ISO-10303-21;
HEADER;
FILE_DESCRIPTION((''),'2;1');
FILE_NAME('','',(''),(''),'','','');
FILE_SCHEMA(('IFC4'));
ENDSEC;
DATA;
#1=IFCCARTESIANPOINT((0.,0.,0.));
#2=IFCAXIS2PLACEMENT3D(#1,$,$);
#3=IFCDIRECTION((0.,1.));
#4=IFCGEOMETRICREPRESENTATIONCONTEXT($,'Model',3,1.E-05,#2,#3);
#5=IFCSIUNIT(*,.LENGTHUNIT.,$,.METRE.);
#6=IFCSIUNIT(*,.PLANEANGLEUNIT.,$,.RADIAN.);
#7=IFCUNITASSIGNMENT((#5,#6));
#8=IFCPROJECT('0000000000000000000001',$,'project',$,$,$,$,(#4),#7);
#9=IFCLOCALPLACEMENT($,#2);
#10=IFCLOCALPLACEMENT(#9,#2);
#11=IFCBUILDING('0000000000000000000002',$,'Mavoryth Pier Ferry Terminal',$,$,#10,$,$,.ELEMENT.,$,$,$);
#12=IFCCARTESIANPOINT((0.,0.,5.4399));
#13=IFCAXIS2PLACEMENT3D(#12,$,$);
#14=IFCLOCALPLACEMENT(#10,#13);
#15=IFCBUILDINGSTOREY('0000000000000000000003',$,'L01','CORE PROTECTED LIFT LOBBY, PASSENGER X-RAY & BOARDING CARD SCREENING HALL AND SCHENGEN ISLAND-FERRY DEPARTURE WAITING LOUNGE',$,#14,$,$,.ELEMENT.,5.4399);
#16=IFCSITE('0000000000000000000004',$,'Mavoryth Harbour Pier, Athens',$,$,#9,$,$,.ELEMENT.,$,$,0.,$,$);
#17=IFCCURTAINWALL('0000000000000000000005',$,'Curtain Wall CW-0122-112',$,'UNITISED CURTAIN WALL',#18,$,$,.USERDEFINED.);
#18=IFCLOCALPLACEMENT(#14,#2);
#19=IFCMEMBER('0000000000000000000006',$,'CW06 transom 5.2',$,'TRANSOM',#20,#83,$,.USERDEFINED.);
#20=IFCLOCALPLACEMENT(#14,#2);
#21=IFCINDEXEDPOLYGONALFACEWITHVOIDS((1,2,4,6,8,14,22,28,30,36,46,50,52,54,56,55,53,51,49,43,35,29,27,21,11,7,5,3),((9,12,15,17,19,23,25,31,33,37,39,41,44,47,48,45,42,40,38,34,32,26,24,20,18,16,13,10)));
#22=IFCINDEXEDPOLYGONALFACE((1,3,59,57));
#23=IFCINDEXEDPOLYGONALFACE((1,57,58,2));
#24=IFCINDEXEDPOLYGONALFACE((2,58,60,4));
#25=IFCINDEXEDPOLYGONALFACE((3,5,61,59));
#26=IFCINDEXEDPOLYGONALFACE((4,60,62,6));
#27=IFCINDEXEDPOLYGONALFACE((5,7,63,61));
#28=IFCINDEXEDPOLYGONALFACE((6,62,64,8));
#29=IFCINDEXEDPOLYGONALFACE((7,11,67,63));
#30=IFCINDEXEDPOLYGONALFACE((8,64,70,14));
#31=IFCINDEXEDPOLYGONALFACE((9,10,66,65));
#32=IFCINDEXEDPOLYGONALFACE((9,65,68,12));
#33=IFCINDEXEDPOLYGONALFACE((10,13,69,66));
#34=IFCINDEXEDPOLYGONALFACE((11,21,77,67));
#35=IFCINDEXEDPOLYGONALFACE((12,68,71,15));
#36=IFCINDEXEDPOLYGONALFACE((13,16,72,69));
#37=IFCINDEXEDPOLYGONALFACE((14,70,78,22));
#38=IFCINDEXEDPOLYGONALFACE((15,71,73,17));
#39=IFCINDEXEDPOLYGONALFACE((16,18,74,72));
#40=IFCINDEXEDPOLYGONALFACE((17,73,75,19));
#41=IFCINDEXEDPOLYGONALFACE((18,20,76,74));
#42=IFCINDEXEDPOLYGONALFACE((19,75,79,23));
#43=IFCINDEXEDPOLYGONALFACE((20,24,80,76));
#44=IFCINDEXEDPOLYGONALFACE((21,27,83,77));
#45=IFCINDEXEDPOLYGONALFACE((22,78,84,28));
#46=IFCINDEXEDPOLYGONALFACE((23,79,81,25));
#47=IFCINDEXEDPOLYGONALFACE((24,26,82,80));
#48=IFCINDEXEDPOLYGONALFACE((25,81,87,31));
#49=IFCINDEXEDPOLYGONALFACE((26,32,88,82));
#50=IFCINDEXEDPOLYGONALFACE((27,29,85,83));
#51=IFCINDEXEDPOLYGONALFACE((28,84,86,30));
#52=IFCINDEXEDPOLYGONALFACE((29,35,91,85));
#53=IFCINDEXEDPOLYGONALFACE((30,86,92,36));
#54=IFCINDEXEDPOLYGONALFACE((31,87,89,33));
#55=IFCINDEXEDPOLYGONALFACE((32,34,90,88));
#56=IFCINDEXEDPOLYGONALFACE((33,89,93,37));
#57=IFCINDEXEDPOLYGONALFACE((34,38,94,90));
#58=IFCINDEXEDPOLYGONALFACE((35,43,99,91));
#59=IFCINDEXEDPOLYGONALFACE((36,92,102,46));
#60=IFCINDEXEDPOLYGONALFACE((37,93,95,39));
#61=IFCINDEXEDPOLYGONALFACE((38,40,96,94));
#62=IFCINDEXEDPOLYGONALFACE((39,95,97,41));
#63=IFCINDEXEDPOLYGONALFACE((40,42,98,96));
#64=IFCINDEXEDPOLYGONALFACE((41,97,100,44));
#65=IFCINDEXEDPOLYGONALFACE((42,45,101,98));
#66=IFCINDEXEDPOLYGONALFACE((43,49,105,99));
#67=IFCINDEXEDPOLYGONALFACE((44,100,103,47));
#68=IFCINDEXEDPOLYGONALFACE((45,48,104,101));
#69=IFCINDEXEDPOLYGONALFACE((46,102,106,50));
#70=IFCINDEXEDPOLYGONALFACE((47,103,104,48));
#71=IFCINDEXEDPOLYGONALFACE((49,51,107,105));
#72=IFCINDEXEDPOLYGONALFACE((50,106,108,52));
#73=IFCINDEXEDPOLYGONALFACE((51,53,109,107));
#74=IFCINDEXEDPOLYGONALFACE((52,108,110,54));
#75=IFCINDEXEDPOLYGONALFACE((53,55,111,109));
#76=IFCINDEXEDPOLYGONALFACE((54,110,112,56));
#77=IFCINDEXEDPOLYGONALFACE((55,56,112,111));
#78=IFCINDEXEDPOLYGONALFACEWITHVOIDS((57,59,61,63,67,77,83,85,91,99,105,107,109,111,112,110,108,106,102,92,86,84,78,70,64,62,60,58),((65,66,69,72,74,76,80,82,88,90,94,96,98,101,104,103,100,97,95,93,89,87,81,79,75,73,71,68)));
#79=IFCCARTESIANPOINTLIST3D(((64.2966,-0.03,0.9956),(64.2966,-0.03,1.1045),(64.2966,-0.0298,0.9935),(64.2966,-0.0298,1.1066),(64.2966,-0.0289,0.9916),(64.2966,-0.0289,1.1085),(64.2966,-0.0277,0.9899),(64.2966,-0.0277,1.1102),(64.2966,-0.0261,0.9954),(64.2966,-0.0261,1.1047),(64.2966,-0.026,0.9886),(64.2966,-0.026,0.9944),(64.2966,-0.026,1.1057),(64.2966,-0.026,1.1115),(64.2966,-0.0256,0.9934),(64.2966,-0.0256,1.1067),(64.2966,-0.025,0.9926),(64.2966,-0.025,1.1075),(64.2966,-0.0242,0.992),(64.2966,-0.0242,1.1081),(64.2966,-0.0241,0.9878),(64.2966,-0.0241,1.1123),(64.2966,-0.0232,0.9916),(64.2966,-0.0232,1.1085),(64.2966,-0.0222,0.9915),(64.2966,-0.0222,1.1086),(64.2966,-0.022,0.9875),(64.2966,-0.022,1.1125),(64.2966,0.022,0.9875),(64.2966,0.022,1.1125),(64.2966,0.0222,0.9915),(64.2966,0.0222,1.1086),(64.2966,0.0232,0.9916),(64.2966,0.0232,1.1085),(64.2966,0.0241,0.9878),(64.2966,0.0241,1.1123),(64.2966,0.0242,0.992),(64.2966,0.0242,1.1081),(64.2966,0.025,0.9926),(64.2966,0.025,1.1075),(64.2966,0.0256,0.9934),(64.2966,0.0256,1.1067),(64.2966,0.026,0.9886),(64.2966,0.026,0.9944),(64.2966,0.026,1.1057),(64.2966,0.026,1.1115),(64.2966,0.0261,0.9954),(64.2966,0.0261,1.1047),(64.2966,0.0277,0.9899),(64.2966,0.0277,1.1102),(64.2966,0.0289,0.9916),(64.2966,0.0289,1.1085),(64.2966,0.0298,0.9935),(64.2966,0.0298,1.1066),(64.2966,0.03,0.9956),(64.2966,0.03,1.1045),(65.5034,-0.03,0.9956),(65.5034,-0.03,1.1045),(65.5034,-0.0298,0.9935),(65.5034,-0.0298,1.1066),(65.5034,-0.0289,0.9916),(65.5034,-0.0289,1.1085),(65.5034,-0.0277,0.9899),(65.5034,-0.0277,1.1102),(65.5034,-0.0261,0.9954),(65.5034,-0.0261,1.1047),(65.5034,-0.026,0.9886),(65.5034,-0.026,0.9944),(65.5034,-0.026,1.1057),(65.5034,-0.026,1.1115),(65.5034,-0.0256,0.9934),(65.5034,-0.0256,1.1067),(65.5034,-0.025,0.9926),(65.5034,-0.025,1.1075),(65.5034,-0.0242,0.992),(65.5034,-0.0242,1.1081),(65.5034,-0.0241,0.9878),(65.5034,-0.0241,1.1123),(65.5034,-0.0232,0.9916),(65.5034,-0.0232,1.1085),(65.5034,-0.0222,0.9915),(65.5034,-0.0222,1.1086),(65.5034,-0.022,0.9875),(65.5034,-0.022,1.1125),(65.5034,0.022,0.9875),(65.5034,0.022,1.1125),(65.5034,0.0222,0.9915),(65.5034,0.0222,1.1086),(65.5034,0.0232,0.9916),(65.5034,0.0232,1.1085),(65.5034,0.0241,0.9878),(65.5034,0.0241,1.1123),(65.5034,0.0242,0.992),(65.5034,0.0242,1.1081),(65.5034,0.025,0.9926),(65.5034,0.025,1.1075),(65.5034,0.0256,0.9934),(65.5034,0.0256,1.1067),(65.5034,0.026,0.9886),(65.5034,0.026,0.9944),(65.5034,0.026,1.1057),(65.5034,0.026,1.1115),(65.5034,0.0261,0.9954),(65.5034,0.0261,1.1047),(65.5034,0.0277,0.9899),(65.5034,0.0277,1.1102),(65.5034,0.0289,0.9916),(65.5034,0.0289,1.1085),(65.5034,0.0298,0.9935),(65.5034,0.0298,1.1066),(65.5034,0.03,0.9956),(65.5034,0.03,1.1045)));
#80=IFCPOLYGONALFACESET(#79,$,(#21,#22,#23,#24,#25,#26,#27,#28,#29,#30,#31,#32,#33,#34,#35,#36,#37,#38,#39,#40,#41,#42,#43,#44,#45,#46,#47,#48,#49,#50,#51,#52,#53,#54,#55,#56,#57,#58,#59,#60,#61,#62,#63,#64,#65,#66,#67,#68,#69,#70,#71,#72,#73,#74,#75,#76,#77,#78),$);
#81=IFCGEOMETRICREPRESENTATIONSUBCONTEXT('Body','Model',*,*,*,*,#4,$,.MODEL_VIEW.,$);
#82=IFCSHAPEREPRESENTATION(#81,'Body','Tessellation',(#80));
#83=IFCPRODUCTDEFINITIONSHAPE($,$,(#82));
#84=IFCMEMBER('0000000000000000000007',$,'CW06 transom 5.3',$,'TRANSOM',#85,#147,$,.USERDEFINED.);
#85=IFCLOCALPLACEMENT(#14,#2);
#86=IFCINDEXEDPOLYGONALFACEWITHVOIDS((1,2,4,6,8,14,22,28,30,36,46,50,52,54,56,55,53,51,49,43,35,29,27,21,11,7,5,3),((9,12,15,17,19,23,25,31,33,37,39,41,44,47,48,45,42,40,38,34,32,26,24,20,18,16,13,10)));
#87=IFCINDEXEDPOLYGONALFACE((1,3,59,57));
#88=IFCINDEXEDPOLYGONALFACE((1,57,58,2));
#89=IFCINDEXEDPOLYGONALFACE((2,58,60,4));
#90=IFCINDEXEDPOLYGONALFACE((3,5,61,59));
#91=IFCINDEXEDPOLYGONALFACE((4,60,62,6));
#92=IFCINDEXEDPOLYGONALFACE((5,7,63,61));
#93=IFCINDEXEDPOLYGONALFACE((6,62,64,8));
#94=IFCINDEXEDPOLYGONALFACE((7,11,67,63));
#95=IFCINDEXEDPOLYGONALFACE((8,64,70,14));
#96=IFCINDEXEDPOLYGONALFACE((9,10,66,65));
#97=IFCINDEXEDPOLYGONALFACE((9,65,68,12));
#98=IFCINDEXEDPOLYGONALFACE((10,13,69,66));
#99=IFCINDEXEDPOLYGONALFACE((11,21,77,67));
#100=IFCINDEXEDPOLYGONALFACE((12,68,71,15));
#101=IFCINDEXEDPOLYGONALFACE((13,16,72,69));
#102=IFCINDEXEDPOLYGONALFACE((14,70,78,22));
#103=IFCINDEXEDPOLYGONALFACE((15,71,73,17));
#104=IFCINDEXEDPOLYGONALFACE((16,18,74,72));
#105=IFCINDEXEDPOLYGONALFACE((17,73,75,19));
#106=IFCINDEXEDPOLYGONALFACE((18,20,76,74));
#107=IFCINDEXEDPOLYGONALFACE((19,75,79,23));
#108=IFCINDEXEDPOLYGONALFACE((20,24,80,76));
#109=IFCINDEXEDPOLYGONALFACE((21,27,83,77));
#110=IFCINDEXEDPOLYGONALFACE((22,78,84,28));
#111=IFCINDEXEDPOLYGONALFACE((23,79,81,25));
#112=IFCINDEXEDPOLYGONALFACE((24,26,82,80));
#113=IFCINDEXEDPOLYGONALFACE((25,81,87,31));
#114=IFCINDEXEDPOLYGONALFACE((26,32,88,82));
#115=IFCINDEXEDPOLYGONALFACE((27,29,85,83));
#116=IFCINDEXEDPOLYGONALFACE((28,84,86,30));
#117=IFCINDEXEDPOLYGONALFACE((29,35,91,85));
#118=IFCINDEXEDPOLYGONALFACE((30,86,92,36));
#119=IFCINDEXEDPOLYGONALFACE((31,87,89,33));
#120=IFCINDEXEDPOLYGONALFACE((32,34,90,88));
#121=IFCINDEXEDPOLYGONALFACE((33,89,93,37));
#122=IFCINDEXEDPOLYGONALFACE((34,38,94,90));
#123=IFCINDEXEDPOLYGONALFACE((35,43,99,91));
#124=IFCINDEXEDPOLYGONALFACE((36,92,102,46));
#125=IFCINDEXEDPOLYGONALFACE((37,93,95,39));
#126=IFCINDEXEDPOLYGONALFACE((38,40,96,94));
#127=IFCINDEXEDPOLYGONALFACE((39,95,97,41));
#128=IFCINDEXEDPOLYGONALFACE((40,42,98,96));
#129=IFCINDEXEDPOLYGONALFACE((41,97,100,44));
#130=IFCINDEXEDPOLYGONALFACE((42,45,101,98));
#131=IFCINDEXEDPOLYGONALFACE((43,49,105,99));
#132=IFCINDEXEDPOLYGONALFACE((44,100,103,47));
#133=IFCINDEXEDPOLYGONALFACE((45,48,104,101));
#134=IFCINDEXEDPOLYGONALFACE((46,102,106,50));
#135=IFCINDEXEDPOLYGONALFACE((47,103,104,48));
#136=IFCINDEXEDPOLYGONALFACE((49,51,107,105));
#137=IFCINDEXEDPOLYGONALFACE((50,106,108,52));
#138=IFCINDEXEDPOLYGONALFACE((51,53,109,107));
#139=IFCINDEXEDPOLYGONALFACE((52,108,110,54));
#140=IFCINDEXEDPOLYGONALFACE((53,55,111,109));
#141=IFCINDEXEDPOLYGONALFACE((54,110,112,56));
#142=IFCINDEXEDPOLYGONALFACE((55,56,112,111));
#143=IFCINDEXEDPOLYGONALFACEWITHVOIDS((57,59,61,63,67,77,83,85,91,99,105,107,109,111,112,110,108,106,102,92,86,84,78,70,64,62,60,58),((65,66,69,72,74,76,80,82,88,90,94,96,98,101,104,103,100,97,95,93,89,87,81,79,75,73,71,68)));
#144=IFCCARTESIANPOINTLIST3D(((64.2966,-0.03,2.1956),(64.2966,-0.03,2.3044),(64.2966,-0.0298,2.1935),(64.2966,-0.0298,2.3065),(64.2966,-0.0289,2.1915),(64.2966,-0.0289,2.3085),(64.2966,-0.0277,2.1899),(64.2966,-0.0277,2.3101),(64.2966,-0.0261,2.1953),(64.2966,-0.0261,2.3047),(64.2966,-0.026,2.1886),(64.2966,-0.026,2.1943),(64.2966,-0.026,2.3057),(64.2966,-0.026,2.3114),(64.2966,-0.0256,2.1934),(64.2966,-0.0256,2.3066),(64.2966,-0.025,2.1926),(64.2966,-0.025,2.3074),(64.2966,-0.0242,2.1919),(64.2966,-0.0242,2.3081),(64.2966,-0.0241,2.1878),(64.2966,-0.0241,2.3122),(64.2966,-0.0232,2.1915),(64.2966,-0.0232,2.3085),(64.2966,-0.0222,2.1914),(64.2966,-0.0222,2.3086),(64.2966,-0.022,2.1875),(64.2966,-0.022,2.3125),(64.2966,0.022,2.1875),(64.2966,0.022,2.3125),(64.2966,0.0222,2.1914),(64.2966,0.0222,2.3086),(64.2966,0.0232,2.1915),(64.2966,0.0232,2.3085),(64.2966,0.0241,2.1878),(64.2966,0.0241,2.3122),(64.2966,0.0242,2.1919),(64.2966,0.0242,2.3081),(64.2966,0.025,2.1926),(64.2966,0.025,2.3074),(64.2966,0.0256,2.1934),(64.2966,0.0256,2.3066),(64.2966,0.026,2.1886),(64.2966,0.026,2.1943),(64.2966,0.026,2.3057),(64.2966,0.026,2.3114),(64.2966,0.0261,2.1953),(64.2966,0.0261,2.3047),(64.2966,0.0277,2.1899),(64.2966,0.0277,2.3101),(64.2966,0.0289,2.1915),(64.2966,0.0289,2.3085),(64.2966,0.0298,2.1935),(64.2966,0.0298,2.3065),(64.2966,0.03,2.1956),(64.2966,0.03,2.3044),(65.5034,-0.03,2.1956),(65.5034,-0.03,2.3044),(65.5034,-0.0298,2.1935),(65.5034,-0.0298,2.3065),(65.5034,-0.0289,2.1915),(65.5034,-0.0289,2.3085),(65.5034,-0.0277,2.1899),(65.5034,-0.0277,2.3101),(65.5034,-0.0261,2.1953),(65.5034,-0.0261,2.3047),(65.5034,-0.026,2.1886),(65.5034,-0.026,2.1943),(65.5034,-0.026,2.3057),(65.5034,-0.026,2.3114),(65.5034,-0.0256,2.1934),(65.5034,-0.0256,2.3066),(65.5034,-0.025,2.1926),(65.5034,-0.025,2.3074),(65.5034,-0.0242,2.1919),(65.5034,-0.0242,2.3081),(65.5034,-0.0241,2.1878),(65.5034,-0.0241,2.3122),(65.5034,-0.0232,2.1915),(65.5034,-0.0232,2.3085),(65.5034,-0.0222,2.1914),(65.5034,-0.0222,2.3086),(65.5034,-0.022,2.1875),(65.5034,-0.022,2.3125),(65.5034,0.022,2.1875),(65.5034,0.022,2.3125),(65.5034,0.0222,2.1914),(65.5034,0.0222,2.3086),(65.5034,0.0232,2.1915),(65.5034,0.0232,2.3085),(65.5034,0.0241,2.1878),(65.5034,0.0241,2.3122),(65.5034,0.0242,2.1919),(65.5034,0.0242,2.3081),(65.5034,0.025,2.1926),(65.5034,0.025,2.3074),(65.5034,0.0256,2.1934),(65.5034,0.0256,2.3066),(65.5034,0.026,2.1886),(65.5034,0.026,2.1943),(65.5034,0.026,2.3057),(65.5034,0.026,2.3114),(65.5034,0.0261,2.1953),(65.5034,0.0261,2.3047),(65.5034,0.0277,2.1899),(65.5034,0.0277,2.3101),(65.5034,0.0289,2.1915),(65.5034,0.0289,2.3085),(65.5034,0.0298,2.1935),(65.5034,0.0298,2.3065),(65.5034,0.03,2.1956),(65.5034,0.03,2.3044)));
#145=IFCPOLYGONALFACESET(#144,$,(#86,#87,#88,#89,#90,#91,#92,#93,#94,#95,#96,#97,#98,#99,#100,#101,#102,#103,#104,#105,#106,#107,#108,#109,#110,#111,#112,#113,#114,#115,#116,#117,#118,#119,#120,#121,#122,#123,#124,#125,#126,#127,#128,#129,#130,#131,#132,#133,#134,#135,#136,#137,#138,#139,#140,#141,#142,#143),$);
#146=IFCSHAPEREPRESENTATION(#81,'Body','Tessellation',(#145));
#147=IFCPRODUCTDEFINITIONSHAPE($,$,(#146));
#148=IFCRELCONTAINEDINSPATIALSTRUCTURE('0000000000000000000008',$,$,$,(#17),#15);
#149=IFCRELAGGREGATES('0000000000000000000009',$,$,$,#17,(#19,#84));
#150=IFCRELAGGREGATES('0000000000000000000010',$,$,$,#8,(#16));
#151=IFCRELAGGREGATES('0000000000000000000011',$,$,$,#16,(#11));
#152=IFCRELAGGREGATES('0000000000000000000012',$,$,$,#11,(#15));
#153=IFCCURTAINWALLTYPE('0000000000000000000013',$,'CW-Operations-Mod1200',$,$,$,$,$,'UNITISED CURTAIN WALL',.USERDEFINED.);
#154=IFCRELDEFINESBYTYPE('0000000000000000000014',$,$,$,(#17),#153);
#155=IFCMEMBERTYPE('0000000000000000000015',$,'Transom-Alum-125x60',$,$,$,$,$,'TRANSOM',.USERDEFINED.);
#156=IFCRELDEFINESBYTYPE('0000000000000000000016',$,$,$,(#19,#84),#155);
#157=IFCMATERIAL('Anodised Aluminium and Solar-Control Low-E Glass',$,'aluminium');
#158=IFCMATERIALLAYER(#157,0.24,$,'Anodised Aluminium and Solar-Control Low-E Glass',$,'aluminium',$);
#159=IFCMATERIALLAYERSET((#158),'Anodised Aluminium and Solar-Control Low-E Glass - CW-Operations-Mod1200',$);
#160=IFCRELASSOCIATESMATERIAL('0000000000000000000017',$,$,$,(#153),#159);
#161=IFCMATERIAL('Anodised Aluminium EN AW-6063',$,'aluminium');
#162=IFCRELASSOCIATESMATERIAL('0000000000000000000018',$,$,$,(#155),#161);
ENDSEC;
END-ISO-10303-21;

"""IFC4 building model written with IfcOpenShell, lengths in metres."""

from ifc_helpers import new_model, si_unit, direction, frame, origin, origin_2d, place, context, subcontext, project, spatial, hollow_rectangle, extrude, material, layer, layer_set, material_profile, profile_set, type_object, element, aggregate, save


model = new_model("IFC4")

# Units and contexts
model_context = context("Model", 3, precision=1e-05, world=origin(), true_north=direction((0.0, 1.0)))
body_context = subcontext(model_context, "Body", "Model", "MODEL_VIEW")
ifc_project = project(units=[si_unit("LENGTHUNIT", "METRE"), si_unit("PLANEANGLEUNIT", "RADIAN")], contexts=[model_context])

# Site, building, storey
site_placement = place(None, origin())
site = spatial("IfcSite", under=ifc_project, at=site_placement, Name="Mavoryth Harbour Pier, Athens", CompositionType="ELEMENT", RefElevation=0.0)
building_placement = place(site_placement, origin())
building = spatial("IfcBuilding", under=site, at=building_placement, Name="Mavoryth Pier Ferry Terminal", CompositionType="ELEMENT")
storey_placement = place(building_placement, frame((0.0, 0.0, 5.4399)))
storey = spatial("IfcBuildingStorey", under=building, at=storey_placement, Name="L01", Description="CORE PROTECTED LIFT LOBBY, PASSENGER X-RAY & BOARDING CARD SCREENING HALL AND SCHENGEN ISLAND-FERRY DEPARTURE WAITING LOUNGE", CompositionType="ELEMENT", Elevation=5.4399)

# Curtain wall, members
ifc_material_1 = material(Name="Anodised Aluminium and Solar-Control Low-E Glass", Category="aluminium")
ifc_layer_1 = layer(ifc_material_1, 0.24, Name="Anodised Aluminium and Solar-Control Low-E Glass", Category="aluminium")
ifc_layer_set_1 = layer_set([ifc_layer_1], Name="Anodised Aluminium and Solar-Control Low-E Glass - CW-Operations-Mod1200")
curtain_wall_type = type_object("IfcCurtainWallType", Name="CW-Operations-Mod1200", ElementType="UNITISED CURTAIN WALL", PredefinedType="USERDEFINED", material=ifc_layer_set_1)
curtain_wall_placement = place(storey_placement, origin())
curtain_wall = element("IfcCurtainWall", 1, at=curtain_wall_placement, inside=storey, type_object=curtain_wall_type, Name="Curtain Wall CW-0122-112", ObjectType="UNITISED CURTAIN WALL", PredefinedType="USERDEFINED")
ifc_material_2 = material(Name="Anodised Aluminium EN AW-6063", Category="aluminium")
ifc_material_profile_1 = material_profile(ifc_material_2, hollow_rectangle(XDim=0.0601, YDim=0.125, WallThickness=0.0039, InnerFilletRadius=0.0039, OuterFilletRadius=0.0081, at=origin_2d()), Name="AL-TRAN 125x60x4", Category="aluminium")
ifc_profile_set_1 = profile_set([ifc_material_profile_1], Name="Anodised Aluminium EN AW-6063 - AL-TRAN 125x60x4")
member_type_1 = type_object("IfcMemberType", Name="Transom-Alum-125x60", ElementType="TRANSOM", PredefinedType="USERDEFINED", material=ifc_profile_set_1)
member_1_placement = place(storey_placement, frame((64.2966, 0.0, 1.05), z_axis=(1.0, 0.0, 0.0), x_axis=(0.0, 1.0, 0.0)))
member_1 = element("IfcMember", 2, at=member_1_placement, type_object=member_type_1, Name="CW06 transom 5.2", ObjectType="TRANSOM", PredefinedType="USERDEFINED", context=body_context, shape_type="SweptSolid", body=[
    extrude(hollow_rectangle(XDim=0.0601, YDim=0.125, WallThickness=0.0039, InnerFilletRadius=0.0039, OuterFilletRadius=0.0081, at=origin_2d()), origin(), (0.0, 0.0, 1.0), 1.2068),
])
member_2_placement = place(storey_placement, frame((64.2966, 0.0, 2.25), z_axis=(1.0, 0.0, 0.0), x_axis=(0.0, 1.0, 0.0)))
member_2 = element("IfcMember", 3, at=member_2_placement, type_object=member_type_1, Name="CW06 transom 5.3", ObjectType="TRANSOM", PredefinedType="USERDEFINED", context=body_context, shape_type="SweptSolid", body=[
    extrude(hollow_rectangle(XDim=0.0601, YDim=0.125, WallThickness=0.0039, InnerFilletRadius=0.0039, OuterFilletRadius=0.0081, at=origin_2d()), origin(), (0.0, 0.0, 1.0), 1.2068),
])
aggregate(curtain_wall, [member_1, member_2])

save(model, "model.ifc")
